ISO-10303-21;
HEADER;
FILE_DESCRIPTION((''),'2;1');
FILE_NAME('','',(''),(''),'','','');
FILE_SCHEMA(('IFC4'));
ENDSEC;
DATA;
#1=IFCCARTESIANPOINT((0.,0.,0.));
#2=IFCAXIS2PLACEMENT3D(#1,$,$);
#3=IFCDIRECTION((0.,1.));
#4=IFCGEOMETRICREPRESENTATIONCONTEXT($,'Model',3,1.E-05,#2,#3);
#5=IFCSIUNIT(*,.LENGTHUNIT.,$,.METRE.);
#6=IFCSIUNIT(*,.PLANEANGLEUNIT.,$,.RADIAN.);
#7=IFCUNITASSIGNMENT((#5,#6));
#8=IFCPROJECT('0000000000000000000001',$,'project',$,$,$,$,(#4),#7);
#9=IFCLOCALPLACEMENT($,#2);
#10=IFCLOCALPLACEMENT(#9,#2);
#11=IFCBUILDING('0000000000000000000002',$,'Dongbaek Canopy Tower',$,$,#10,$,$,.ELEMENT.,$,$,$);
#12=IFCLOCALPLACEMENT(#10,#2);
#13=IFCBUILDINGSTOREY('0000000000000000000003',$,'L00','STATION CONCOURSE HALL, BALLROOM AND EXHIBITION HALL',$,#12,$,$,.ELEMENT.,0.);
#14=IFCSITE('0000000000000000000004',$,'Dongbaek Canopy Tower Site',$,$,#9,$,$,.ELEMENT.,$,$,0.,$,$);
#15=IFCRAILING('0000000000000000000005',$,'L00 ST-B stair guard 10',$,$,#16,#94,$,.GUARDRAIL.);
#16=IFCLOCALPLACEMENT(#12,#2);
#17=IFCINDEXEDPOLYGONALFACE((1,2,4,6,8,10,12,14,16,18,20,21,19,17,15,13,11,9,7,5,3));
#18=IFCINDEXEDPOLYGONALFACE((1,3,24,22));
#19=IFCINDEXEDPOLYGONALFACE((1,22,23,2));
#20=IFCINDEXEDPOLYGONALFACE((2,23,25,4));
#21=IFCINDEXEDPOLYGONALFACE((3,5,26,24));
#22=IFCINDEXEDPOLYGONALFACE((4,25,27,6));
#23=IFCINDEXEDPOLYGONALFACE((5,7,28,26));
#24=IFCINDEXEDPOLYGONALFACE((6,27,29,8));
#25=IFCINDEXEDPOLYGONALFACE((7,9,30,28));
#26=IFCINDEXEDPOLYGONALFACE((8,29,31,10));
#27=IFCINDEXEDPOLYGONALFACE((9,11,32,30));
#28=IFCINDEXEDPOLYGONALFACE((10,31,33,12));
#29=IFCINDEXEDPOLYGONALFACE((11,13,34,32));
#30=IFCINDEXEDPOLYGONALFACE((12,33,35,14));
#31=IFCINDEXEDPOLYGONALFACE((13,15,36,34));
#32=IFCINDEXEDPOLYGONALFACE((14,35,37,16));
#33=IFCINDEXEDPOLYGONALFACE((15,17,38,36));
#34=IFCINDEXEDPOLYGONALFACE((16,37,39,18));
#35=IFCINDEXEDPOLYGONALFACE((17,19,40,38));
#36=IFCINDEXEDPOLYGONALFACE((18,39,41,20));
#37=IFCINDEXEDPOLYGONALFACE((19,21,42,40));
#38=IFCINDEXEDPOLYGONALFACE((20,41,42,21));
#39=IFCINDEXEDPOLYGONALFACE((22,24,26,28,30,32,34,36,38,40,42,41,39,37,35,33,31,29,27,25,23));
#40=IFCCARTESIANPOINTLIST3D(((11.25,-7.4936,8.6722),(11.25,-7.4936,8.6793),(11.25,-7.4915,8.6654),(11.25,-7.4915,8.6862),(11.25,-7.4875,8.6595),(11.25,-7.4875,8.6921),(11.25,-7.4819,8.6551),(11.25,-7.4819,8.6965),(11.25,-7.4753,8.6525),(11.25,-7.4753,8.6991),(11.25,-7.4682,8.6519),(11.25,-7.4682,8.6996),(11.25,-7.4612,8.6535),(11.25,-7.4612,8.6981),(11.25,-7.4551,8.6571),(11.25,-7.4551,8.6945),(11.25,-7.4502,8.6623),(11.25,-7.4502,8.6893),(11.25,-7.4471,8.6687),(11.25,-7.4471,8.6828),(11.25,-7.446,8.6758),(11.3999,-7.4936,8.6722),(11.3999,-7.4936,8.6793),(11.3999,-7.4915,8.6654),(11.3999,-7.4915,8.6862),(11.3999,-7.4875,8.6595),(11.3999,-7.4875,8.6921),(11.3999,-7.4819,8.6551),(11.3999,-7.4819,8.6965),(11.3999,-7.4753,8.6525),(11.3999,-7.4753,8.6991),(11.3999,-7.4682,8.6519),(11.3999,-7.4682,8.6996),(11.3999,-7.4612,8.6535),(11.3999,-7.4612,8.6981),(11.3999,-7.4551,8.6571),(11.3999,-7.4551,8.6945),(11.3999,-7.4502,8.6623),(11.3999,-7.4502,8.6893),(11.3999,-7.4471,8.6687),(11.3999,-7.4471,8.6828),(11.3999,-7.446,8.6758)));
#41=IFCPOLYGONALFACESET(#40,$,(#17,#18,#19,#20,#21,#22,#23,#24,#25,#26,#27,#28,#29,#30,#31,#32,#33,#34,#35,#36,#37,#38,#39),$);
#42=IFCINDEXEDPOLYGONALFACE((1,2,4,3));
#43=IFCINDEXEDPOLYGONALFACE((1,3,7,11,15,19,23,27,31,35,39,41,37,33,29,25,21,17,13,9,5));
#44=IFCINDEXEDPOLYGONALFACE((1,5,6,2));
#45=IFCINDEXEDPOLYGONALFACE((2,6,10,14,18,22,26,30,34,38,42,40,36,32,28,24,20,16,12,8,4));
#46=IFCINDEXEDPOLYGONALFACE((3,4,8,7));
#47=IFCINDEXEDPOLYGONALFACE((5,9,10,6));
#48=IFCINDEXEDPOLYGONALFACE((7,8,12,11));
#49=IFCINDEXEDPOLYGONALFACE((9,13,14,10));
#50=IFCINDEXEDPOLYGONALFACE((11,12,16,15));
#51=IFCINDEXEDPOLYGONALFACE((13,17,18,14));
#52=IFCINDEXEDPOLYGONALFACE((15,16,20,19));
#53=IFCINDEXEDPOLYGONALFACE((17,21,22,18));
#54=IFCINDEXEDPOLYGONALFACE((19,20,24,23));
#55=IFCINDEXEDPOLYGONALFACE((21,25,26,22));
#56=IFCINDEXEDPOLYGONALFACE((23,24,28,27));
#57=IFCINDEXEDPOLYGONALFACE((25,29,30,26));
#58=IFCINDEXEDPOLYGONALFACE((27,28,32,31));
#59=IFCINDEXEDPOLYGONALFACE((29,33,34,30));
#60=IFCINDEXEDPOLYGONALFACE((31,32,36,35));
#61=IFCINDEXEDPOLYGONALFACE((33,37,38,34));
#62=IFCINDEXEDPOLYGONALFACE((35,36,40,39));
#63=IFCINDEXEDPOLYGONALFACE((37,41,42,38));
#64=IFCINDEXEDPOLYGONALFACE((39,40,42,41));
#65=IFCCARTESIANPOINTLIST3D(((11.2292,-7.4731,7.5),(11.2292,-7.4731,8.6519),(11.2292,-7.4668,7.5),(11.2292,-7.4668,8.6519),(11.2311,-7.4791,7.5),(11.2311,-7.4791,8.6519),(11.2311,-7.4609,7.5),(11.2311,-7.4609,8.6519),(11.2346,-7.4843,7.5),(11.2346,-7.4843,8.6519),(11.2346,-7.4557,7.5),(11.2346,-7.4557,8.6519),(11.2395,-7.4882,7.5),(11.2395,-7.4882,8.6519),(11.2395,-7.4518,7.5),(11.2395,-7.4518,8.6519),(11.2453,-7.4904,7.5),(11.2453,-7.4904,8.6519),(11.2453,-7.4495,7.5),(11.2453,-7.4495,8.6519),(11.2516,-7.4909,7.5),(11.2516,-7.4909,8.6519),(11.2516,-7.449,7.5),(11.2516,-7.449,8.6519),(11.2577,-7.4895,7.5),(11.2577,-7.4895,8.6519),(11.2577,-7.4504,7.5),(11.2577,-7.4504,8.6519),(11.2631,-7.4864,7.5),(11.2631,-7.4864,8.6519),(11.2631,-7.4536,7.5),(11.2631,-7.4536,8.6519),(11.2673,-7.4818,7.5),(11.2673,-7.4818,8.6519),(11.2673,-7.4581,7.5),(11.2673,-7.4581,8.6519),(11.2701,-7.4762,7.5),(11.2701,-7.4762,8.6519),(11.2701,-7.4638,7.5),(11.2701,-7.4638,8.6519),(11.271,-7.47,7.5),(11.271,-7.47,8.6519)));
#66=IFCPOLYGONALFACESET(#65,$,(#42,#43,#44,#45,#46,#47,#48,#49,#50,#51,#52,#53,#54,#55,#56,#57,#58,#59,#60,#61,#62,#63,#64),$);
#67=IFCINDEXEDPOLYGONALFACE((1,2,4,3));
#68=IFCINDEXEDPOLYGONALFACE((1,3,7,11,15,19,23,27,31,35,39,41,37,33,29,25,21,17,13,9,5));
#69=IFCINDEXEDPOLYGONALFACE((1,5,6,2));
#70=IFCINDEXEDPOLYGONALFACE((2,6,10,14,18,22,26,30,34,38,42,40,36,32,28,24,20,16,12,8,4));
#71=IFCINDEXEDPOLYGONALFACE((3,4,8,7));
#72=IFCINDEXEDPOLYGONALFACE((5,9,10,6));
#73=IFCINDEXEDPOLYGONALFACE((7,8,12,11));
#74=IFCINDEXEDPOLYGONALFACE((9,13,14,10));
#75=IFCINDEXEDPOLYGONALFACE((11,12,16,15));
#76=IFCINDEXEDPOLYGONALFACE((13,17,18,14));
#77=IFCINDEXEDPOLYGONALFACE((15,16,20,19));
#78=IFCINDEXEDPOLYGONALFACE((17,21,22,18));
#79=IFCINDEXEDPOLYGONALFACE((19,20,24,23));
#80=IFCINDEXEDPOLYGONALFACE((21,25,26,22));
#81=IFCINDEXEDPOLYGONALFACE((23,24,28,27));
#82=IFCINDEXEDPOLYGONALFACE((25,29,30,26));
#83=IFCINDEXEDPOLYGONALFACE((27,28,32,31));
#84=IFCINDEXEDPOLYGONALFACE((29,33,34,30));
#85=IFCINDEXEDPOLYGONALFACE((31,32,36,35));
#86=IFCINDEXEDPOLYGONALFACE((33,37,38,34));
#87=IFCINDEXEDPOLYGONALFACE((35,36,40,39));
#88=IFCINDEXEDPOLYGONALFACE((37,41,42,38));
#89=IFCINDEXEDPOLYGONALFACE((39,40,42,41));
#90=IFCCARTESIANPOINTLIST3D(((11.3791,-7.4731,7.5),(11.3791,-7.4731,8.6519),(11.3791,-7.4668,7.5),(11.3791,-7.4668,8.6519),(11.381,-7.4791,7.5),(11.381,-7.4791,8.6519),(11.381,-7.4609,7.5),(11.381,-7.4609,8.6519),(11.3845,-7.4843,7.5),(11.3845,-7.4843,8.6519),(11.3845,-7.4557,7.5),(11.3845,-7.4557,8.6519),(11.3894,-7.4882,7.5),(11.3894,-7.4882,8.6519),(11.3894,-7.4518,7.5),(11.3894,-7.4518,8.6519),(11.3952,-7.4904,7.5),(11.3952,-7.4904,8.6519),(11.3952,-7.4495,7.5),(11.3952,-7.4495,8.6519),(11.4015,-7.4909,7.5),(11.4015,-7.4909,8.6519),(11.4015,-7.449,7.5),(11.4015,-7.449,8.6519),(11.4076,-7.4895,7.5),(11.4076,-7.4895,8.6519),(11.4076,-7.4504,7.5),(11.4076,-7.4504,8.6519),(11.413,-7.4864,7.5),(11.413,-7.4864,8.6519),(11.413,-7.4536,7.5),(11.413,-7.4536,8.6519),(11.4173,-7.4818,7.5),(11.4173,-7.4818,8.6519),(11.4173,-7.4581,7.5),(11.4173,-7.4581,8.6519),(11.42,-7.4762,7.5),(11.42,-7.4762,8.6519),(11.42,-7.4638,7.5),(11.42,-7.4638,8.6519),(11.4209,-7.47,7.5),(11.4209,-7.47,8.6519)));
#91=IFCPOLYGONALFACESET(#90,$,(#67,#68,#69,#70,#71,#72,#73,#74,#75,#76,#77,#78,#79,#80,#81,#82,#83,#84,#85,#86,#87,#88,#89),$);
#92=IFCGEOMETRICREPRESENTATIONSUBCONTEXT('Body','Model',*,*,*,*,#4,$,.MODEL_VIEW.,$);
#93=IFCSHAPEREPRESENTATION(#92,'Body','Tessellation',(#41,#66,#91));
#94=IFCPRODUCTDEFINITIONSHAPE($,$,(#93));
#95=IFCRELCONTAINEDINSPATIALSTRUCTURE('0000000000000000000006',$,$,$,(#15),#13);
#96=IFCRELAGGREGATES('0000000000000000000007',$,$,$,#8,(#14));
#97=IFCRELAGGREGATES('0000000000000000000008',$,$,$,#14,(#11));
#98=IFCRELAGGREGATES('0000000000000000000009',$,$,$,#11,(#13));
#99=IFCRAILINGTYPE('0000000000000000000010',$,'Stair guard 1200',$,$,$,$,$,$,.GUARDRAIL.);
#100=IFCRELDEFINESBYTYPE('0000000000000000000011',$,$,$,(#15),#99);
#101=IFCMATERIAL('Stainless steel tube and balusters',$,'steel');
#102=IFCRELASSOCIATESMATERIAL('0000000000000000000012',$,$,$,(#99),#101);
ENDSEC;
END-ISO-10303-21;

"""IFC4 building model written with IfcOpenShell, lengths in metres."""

from ifc_helpers import new_model, si_unit, direction, frame, origin, origin_2d, place, context, subcontext, project, spatial, circle, extrude, material, type_object, element, save


model = new_model("IFC4")

# Units and contexts
model_context = context("Model", 3, precision=1e-05, world=origin(), true_north=direction((0.0, 1.0)))
body_context = subcontext(model_context, "Body", "Model", "MODEL_VIEW")
ifc_project = project(units=[si_unit("LENGTHUNIT", "METRE"), si_unit("PLANEANGLEUNIT", "RADIAN")], contexts=[model_context])

# Site, building, storey
site_placement = place(None, origin())
site = spatial("IfcSite", under=ifc_project, at=site_placement, Name="Dongbaek Canopy Tower Site", CompositionType="ELEMENT", RefElevation=0.0)
building_placement = place(site_placement, origin())
building = spatial("IfcBuilding", under=site, at=building_placement, Name="Dongbaek Canopy Tower", CompositionType="ELEMENT")
storey_placement = place(building_placement, origin())
storey = spatial("IfcBuildingStorey", under=building, at=storey_placement, Name="L00", Description="STATION CONCOURSE HALL, BALLROOM AND EXHIBITION HALL", CompositionType="ELEMENT", Elevation=0.0)

# Railing
ifc_material_1 = material(Name="Stainless steel tube and balusters", Category="steel")
railing_type_1 = type_object("IfcRailingType", Name="Stair guard 1200", PredefinedType="GUARDRAIL", material=ifc_material_1)
railing_1_placement = place(storey_placement, frame((11.25, -7.47, 7.5)))
element("IfcRailing", 1, at=railing_1_placement, inside=storey, type_object=railing_type_1, Name="L00 ST-B stair guard 10", PredefinedType="GUARDRAIL", context=body_context, shape_type="SweptSolid", body=[
    extrude(circle(Radius=0.0239, at=origin_2d()), frame((0.0, 0.0, 1.1758), z_axis=(1.0, 0.0, 0.0), x_axis=(0.0, 1.0, 0.0)), (0.0, 0.0, 1.0), 0.1499),
    extrude(circle(Radius=0.021, at=origin_2d()), origin(), (0.0, 0.0, 1.0), 1.1519),
    extrude(circle(Radius=0.021, at=origin_2d()), frame((0.1499, 0.0, 0.0)), (0.0, 0.0, 1.0), 1.1519),
])

save(model, "model.ifc")
